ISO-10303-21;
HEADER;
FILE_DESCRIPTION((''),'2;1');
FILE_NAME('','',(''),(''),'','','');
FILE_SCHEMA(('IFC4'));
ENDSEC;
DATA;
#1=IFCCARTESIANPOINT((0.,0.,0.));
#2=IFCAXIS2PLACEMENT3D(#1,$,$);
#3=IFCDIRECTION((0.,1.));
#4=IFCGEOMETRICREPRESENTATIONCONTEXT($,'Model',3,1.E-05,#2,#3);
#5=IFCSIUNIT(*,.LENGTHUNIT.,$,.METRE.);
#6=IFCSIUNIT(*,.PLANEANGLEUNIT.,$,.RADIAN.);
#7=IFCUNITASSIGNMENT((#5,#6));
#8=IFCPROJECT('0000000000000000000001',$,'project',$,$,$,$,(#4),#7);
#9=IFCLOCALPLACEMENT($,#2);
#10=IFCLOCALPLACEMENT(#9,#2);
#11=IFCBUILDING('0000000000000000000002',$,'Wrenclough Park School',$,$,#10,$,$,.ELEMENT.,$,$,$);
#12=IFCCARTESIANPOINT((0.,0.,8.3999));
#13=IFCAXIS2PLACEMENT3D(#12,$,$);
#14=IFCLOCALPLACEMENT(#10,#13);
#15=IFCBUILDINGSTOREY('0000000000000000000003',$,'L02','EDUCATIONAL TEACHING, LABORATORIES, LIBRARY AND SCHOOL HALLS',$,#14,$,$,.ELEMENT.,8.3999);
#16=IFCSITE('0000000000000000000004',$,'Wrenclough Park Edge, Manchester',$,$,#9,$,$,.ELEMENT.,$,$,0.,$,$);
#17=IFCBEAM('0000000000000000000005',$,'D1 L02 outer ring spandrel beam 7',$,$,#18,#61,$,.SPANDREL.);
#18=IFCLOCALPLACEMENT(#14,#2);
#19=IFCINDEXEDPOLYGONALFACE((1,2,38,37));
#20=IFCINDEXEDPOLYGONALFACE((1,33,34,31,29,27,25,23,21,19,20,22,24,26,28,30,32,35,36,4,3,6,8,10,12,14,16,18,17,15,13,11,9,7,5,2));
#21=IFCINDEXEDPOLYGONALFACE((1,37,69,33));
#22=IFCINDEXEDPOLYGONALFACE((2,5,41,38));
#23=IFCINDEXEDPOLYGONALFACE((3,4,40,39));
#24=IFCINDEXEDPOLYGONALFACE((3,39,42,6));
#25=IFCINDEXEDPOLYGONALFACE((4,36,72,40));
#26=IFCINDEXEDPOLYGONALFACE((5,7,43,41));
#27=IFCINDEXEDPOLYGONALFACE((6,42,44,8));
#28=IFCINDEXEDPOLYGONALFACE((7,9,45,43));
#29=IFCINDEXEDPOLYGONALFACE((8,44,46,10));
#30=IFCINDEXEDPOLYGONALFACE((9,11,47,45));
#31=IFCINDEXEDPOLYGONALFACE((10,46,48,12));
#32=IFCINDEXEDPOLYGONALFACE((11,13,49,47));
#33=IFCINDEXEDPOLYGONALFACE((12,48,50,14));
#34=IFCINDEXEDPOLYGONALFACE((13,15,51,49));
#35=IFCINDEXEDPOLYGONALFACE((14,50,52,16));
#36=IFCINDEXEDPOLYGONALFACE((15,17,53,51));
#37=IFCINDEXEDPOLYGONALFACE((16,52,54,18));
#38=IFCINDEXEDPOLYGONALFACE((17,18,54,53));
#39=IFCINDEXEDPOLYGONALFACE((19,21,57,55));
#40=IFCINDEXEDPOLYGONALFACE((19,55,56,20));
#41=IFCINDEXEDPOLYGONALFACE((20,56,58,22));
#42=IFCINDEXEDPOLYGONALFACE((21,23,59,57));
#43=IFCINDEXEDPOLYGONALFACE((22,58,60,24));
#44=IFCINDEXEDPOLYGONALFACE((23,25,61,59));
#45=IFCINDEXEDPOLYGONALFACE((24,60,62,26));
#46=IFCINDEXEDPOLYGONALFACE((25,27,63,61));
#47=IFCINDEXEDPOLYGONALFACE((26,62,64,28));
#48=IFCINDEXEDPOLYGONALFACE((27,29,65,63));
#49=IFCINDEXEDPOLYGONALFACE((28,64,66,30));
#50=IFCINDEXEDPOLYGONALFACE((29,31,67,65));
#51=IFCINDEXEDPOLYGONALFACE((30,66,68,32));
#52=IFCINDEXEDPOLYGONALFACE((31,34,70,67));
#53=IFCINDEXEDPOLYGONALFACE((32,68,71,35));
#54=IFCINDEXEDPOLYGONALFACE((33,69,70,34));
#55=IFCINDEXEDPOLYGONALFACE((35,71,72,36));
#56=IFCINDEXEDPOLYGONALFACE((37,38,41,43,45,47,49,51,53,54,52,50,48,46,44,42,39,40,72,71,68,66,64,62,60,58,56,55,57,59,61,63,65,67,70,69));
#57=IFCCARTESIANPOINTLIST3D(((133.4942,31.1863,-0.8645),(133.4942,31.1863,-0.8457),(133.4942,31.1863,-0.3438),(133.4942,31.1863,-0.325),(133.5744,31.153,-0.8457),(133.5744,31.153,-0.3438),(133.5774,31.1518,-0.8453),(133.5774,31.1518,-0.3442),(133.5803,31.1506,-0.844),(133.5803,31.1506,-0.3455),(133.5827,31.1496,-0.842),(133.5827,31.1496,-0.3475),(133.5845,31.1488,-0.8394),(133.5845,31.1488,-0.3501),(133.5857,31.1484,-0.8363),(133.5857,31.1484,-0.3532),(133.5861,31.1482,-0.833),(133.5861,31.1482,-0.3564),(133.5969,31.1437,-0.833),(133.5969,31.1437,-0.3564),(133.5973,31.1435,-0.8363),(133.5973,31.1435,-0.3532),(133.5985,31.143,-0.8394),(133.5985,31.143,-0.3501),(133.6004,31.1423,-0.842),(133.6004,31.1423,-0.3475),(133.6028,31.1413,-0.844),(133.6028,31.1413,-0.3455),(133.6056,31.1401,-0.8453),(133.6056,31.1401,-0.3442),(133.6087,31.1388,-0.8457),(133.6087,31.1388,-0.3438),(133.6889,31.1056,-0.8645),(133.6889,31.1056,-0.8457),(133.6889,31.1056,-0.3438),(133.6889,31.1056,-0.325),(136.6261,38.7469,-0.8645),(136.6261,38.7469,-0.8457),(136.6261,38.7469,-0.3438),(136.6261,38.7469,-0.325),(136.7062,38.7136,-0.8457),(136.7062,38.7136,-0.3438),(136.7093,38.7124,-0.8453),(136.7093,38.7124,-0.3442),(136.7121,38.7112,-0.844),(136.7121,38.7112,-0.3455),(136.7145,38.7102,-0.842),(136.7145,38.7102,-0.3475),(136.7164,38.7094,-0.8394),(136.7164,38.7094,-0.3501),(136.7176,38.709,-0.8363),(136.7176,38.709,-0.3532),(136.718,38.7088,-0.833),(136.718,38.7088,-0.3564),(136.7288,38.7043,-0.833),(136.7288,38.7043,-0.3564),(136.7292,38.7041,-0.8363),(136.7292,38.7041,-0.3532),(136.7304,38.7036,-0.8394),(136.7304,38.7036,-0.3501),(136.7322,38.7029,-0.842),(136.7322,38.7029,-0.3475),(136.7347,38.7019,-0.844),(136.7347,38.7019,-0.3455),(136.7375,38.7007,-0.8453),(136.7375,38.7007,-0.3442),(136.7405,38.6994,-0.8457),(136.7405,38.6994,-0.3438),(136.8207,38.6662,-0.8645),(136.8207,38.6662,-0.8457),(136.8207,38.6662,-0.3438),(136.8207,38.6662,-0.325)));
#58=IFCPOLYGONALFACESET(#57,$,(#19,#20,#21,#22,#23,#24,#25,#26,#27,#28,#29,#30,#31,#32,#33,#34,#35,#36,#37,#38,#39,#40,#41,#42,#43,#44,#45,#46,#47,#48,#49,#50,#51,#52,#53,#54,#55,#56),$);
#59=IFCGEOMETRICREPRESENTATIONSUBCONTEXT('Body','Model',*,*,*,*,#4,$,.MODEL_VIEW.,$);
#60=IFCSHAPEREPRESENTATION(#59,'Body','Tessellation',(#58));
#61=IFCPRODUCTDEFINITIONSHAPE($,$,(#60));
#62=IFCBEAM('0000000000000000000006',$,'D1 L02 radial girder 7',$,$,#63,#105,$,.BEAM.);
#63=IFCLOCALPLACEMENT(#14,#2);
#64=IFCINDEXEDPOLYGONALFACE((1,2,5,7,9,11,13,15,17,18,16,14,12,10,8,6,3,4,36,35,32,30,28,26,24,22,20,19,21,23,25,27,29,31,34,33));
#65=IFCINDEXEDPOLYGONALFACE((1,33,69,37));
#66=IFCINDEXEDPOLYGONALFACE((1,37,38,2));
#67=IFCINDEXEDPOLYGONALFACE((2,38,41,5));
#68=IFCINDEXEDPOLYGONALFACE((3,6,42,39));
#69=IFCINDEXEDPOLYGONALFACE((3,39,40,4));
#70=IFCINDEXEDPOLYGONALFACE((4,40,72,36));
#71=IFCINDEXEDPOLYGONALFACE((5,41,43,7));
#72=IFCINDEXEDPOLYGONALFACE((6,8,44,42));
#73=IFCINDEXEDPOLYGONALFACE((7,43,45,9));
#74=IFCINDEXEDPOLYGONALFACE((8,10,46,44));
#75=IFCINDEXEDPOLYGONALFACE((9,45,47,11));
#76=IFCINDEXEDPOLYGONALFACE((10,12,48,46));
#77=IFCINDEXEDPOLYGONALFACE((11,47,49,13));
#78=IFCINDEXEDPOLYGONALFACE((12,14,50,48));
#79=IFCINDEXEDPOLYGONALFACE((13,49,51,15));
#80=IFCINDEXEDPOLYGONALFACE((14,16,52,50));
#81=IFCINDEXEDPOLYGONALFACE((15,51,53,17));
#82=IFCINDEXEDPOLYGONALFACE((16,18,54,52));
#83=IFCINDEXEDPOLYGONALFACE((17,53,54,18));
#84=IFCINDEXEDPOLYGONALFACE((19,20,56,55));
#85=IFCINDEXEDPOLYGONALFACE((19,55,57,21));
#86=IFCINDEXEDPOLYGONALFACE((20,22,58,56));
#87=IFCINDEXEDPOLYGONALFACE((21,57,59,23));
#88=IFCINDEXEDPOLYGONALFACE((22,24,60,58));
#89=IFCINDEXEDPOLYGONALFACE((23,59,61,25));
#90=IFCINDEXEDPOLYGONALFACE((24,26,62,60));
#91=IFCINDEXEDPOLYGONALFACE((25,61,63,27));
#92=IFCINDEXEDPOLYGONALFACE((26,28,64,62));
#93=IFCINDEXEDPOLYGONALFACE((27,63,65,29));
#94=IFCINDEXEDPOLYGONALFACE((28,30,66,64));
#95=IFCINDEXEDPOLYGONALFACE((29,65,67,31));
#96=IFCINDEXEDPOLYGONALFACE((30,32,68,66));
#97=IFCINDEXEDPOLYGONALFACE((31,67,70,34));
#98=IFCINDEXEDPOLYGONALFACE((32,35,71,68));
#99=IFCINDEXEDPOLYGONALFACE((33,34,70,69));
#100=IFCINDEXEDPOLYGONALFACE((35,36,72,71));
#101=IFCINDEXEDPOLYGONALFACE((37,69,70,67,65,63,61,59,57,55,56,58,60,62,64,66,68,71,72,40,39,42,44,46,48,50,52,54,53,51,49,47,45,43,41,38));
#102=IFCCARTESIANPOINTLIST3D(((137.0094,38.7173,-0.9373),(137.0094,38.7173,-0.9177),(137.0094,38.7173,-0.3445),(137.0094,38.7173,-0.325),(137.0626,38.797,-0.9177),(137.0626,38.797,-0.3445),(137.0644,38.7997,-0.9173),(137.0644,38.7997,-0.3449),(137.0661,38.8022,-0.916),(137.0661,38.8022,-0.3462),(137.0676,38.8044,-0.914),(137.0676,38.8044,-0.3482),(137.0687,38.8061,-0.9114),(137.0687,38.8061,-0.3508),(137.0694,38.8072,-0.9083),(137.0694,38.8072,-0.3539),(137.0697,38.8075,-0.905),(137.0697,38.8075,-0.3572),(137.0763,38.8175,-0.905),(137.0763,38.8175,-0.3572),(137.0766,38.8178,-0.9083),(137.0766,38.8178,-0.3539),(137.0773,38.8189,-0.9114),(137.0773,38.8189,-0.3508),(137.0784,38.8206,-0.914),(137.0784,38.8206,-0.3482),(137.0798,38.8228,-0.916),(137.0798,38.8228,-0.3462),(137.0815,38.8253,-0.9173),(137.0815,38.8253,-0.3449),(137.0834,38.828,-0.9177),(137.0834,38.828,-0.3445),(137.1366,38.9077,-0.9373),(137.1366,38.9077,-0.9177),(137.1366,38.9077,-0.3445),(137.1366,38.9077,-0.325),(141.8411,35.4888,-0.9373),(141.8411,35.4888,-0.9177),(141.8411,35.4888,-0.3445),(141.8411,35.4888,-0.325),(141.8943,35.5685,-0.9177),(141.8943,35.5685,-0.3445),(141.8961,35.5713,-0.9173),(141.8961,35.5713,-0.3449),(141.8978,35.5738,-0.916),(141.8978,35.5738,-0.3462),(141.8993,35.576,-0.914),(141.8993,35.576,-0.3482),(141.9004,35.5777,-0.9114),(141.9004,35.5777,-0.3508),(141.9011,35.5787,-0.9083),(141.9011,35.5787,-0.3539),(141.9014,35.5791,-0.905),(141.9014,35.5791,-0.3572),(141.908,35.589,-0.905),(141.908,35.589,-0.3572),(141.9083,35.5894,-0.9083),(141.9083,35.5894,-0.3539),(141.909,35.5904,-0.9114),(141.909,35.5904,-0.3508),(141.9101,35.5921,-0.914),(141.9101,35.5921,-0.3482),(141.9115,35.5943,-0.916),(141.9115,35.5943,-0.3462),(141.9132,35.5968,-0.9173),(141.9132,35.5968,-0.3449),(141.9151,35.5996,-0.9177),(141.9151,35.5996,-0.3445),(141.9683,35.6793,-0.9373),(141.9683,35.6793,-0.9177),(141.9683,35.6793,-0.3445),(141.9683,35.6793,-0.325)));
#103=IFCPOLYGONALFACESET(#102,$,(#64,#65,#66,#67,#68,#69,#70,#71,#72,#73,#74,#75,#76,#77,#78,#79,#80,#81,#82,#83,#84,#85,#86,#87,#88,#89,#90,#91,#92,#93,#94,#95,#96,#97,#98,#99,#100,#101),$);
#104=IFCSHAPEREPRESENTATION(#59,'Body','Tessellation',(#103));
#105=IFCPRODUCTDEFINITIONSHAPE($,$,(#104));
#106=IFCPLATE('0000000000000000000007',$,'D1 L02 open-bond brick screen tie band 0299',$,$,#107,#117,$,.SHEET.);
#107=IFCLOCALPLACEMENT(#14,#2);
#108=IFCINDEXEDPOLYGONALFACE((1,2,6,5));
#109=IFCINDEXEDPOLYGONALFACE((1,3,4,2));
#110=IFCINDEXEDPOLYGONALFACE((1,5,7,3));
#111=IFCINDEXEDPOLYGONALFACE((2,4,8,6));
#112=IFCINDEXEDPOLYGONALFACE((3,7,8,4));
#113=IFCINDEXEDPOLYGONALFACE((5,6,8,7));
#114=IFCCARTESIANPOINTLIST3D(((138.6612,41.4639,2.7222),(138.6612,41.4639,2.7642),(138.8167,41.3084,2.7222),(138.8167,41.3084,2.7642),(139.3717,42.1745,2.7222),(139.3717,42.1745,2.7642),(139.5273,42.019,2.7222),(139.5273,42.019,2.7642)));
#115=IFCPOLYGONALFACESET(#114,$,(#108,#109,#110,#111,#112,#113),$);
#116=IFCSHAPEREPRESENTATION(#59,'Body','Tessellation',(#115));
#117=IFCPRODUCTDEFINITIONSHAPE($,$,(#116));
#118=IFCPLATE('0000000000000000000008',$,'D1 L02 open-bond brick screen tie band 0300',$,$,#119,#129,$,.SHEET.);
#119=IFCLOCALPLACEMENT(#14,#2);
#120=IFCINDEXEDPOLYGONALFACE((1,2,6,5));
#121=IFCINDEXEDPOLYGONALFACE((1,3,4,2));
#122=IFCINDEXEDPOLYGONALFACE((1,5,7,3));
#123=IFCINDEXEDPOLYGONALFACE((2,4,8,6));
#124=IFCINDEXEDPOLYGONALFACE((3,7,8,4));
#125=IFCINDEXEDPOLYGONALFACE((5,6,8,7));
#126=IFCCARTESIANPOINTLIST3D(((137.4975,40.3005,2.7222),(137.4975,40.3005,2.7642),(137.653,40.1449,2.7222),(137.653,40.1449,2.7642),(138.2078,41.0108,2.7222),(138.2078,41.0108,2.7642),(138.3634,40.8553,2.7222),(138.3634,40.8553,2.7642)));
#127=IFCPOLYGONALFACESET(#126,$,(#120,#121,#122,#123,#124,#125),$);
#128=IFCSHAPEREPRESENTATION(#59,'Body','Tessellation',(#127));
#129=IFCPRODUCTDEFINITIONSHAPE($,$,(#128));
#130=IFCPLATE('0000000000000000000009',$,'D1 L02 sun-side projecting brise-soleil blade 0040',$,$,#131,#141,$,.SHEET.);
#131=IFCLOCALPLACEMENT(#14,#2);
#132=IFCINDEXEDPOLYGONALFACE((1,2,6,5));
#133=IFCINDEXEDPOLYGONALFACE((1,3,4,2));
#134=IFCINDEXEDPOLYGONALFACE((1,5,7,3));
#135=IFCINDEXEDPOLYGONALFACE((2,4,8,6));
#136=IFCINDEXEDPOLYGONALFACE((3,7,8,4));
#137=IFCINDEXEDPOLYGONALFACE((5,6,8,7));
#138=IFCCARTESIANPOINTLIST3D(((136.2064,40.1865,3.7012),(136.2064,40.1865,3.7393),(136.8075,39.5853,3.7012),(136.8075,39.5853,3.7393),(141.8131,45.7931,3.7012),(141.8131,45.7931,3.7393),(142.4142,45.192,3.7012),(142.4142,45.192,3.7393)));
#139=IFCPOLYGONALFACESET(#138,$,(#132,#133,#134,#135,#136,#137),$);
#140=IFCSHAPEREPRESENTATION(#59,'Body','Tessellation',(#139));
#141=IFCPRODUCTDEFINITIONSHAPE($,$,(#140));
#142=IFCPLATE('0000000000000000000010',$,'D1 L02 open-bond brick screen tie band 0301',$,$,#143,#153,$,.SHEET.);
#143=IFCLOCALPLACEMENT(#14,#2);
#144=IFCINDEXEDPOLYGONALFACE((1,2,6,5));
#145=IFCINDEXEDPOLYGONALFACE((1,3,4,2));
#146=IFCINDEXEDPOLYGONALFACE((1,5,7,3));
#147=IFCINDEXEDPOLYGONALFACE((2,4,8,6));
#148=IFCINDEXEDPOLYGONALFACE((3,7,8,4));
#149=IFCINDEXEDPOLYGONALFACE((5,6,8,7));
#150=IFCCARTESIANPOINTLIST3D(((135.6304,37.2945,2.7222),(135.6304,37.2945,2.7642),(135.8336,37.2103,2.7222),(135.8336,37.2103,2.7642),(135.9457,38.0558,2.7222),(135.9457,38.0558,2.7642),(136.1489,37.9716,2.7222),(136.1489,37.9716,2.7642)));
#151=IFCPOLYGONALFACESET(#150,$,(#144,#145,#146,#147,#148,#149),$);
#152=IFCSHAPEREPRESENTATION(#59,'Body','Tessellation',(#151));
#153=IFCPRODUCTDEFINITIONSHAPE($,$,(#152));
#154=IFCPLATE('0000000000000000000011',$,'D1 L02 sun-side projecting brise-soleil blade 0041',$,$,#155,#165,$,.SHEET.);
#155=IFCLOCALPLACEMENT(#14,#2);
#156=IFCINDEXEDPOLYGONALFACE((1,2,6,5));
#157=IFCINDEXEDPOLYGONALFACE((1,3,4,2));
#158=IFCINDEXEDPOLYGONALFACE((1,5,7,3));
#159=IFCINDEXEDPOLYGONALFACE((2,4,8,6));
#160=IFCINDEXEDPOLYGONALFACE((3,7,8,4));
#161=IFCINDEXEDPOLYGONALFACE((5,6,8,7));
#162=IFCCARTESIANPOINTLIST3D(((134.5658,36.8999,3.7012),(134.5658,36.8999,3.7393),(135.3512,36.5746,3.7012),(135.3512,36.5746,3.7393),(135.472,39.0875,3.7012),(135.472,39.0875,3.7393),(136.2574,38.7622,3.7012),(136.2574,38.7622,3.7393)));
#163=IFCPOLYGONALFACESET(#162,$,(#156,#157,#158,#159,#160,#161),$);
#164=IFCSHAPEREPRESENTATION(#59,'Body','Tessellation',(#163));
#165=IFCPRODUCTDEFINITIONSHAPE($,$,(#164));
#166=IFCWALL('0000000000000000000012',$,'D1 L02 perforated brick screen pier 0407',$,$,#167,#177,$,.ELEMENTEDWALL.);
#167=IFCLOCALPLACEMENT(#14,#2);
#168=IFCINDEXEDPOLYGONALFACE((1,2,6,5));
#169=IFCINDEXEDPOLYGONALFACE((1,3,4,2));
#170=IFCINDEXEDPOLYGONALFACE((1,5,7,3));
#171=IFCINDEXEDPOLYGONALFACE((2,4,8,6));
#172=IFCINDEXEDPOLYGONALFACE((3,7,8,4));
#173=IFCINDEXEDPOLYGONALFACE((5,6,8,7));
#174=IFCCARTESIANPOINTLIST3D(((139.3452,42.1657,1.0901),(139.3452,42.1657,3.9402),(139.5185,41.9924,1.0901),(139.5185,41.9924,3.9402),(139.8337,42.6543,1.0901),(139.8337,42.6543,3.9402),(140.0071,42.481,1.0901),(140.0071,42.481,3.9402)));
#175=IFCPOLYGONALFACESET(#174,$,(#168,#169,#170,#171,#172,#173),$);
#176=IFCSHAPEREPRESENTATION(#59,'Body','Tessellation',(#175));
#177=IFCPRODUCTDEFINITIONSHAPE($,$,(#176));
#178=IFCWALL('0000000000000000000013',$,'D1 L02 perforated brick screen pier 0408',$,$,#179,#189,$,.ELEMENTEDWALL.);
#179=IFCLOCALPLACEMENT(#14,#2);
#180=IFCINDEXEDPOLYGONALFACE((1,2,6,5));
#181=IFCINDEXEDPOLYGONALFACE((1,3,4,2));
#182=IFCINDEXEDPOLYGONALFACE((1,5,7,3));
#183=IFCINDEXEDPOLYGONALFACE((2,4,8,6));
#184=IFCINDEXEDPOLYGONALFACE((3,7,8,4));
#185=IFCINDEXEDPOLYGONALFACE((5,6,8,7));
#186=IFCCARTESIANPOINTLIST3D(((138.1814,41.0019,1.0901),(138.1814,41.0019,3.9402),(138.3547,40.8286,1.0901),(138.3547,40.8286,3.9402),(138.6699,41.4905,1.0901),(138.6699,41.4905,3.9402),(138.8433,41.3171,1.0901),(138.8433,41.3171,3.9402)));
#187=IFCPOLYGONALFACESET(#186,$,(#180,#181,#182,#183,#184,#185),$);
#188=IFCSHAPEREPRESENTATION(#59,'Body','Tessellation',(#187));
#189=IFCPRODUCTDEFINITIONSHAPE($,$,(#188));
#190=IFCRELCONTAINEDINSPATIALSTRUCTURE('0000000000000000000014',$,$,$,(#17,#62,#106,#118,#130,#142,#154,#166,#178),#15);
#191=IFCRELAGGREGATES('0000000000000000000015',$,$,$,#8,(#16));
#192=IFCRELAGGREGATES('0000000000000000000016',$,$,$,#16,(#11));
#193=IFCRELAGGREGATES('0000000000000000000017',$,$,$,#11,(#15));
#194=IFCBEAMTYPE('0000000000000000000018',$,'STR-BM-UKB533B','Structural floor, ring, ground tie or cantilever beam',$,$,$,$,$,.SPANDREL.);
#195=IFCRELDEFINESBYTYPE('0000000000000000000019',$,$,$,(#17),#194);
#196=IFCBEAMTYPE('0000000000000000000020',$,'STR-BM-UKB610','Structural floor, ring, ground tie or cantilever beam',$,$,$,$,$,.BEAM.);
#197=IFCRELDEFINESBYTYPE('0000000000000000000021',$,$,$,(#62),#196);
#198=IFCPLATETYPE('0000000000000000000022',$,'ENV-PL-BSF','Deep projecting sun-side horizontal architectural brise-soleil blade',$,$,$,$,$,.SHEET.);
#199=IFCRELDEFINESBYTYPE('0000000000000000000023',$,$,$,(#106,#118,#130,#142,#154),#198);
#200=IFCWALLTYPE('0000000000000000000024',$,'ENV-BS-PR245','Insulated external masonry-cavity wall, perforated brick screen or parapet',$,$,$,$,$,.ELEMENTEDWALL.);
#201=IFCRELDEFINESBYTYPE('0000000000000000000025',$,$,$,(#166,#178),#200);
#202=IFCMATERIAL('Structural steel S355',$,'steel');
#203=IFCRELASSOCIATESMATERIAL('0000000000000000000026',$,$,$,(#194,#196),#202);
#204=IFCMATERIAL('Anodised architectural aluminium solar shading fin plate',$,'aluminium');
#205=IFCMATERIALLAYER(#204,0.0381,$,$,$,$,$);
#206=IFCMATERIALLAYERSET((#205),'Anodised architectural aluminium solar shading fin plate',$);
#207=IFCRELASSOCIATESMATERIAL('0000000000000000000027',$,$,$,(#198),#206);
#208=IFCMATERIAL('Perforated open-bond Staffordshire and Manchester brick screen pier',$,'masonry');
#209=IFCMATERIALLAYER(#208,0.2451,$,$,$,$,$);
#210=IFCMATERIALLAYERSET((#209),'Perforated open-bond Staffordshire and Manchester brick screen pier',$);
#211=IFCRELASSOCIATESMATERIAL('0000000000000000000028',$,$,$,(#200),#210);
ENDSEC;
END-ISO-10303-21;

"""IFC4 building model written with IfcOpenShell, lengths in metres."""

from ifc_helpers import new_model, si_unit, direction, frame, frame_2d, origin, origin_2d, place, context, subcontext, project, spatial, rectangle, i_section, extrude, material, layer, layer_set, material_profile, profile_set, type_object, element, save


model = new_model("IFC4")

# Units and contexts
model_context = context("Model", 3, precision=1e-05, world=origin(), true_north=direction((0.0, 1.0)))
body_context = subcontext(model_context, "Body", "Model", "MODEL_VIEW")
ifc_project = project(units=[si_unit("LENGTHUNIT", "METRE"), si_unit("PLANEANGLEUNIT", "RADIAN")], contexts=[model_context])

# Site, building, storey
site_placement = place(None, origin())
site = spatial("IfcSite", under=ifc_project, at=site_placement, Name="Wrenclough Park Edge, Manchester", CompositionType="ELEMENT", RefElevation=0.0)
building_placement = place(site_placement, origin())
building = spatial("IfcBuilding", under=site, at=building_placement, Name="Wrenclough Park School", CompositionType="ELEMENT")
storey_placement = place(building_placement, frame((0.0, 0.0, 8.3999)))
storey = spatial("IfcBuildingStorey", under=building, at=storey_placement, Name="L02", Description="EDUCATIONAL TEACHING, LABORATORIES, LIBRARY AND SCHOOL HALLS", CompositionType="ELEMENT", Elevation=8.3999)

# Beams
ifc_material_1 = material(Name="Structural steel S355", Category="steel")
ifc_material_profile_1 = material_profile(ifc_material_1, i_section(OverallWidth=0.2107, OverallDepth=0.5396, WebThickness=0.0117, FlangeThickness=0.0188, FilletRadius=0.0127, at=origin_2d()), Name="UKB 533x210x109")
ifc_profile_set_1 = profile_set([ifc_material_profile_1], Name="Structural steel S355")
beam_type_1 = type_object("IfcBeamType", Name="STR-BM-UKB533B", Description="Structural floor, ring, ground tie or cantilever beam", PredefinedType="SPANDREL", material=ifc_profile_set_1)
beam_1_placement = place(storey_placement, frame((136.7234, 38.7065, -0.5947), z_axis=(-0.3827, -0.923873, 0.0), x_axis=(0.923873, -0.3827, 0.0)))
element("IfcBeam", 1, at=beam_1_placement, inside=storey, type_object=beam_type_1, Name="D1 L02 outer ring spandrel beam 7", PredefinedType="SPANDREL", context=body_context, shape_type="SweptSolid", body=[
    extrude(i_section(OverallWidth=0.2107, OverallDepth=0.5396, WebThickness=0.0117, FlangeThickness=0.0188, FilletRadius=0.0127, at=origin_2d()), origin(), (0.0, 0.0, 1.0), 8.1836),
])
ifc_material_profile_2 = material_profile(ifc_material_1, i_section(OverallWidth=0.229, OverallDepth=0.6123, WebThickness=0.012, FlangeThickness=0.0195, FilletRadius=0.0127, at=origin_2d()), Name="UKB 610x229x125")
ifc_profile_set_2 = profile_set([ifc_material_profile_2], Name="Structural steel S355")
beam_type_2 = type_object("IfcBeamType", Name="STR-BM-UKB610", Description="Structural floor, ring, ground tie or cantilever beam", PredefinedType="BEAM", material=ifc_profile_set_2)
beam_2_placement = place(storey_placement, frame((137.073, 38.8125, -0.6311), z_axis=(0.831468, -0.555572, 0.0), x_axis=(0.555572, 0.831468, 0.0)))
element("IfcBeam", 2, at=beam_2_placement, inside=storey, type_object=beam_type_2, Name="D1 L02 radial girder 7", PredefinedType="BEAM", context=body_context, shape_type="SweptSolid", body=[
    extrude(i_section(OverallWidth=0.229, OverallDepth=0.6123, WebThickness=0.012, FlangeThickness=0.0195, FilletRadius=0.0127, at=origin_2d()), origin(), (0.0, 0.0, 1.0), 5.811),
])

# Plates
ifc_material_2 = material(Name="Anodised architectural aluminium solar shading fin plate", Category="aluminium")
ifc_layer_1 = layer(ifc_material_2, 0.0381)
ifc_layer_set_1 = layer_set([ifc_layer_1], Name="Anodised architectural aluminium solar shading fin plate")
plate_type = type_object("IfcPlateType", Name="ENV-PL-BSF", Description="Deep projecting sun-side horizontal architectural brise-soleil blade", PredefinedType="SHEET", material=ifc_layer_set_1)
plate_1_placement = place(storey_placement, frame((139.0942, 41.7415, 2.7222), z_axis=(0.0, 0.0, 1.0), x_axis=(-0.707107, -0.707107, 0.0)))
element("IfcPlate", 3, at=plate_1_placement, inside=storey, type_object=plate_type, Name="D1 L02 open-bond brick screen tie band 0299", PredefinedType="SHEET", context=body_context, shape_type="SweptSolid", body=[
    extrude(rectangle(XDim=1.0049, YDim=0.22, at=origin_2d()), origin(), (0.0, 0.0, 1.0), 0.042),
])
plate_2_placement = place(storey_placement, frame((137.9304, 40.5779, 2.7222), z_axis=(0.0, 0.0, 1.0), x_axis=(-0.707107, -0.707107, 0.0)))
element("IfcPlate", 4, at=plate_2_placement, inside=storey, type_object=plate_type, Name="D1 L02 open-bond brick screen tie band 0300", PredefinedType="SHEET", context=body_context, shape_type="SweptSolid", body=[
    extrude(rectangle(XDim=1.0046, YDim=0.22, at=origin_2d()), origin(), (0.0, 0.0, 1.0), 0.042),
])
plate_3_placement = place(storey_placement, frame((139.3103, 42.6892, 3.7012), z_axis=(0.0, 0.0, 1.0), x_axis=(-0.707107, -0.707107, 0.0)))
element("IfcPlate", 5, at=plate_3_placement, inside=storey, type_object=plate_type, Name="D1 L02 sun-side projecting brise-soleil blade 0040", PredefinedType="SHEET", context=body_context, shape_type="SweptSolid", body=[
    extrude(rectangle(XDim=7.929, YDim=0.8501, at=origin_2d()), origin(), (0.0, 0.0, 1.0), 0.0381),
])
plate_4_placement = place(storey_placement, frame((135.8896, 37.6331, 2.7222), z_axis=(0.0, 0.0, 1.0), x_axis=(-0.382698, -0.923873, 0.0)))
element("IfcPlate", 6, at=plate_4_placement, inside=storey, type_object=plate_type, Name="D1 L02 open-bond brick screen tie band 0301", PredefinedType="SHEET", context=body_context, shape_type="SweptSolid", body=[
    extrude(rectangle(XDim=0.824, YDim=0.22, at=origin_2d()), origin(), (0.0, 0.0, 1.0), 0.042),
])
plate_5_placement = place(storey_placement, frame((135.4116, 37.8311, 3.7012), z_axis=(0.0, 0.0, 1.0), x_axis=(-0.382698, -0.923873, 0.0)))
element("IfcPlate", 7, at=plate_5_placement, inside=storey, type_object=plate_type, Name="D1 L02 sun-side projecting brise-soleil blade 0041", PredefinedType="SHEET", context=body_context, shape_type="SweptSolid", body=[
    extrude(rectangle(XDim=2.3679, YDim=0.8501, at=origin_2d()), origin(), (0.0, 0.0, 1.0), 0.0381),
])

# Walls
ifc_material_3 = material(Name="Perforated open-bond Staffordshire and Manchester brick screen pier", Category="masonry")
ifc_layer_2 = layer(ifc_material_3, 0.2451)
ifc_layer_set_2 = layer_set([ifc_layer_2], Name="Perforated open-bond Staffordshire and Manchester brick screen pier")
wall_type_1 = type_object("IfcWallType", Name="ENV-BS-PR245", Description="Insulated external masonry-cavity wall, perforated brick screen or parapet", PredefinedType="ELEMENTEDWALL", material=ifc_layer_set_2)
for number, where, z_axis, x_axis, name in (
    (8, (139.9204, 42.5676, 1.0901), (0.0, 0.0, 1.0), (-0.707107, -0.707107, 0.0), "D1 L02 perforated brick screen pier 0407"),
    (9, (138.7566, 41.4038, 1.0901), (0.0, 0.0, 1.0), (-0.707107, -0.707107, 0.0), "D1 L02 perforated brick screen pier 0408"),
):
    element("IfcWall", number, at=place(storey_placement, frame(where, z_axis=z_axis, x_axis=x_axis)), inside=storey, type_object=wall_type_1, Name=name, PredefinedType="ELEMENTEDWALL", context=body_context, shape_type="SweptSolid", body=[
        extrude(rectangle(XDim=0.6909, YDim=0.2451, at=frame_2d((0.3455, 0.0))), origin(), (0.0, 0.0, 1.0), 2.8501),
    ])

save(model, "model.ifc")
